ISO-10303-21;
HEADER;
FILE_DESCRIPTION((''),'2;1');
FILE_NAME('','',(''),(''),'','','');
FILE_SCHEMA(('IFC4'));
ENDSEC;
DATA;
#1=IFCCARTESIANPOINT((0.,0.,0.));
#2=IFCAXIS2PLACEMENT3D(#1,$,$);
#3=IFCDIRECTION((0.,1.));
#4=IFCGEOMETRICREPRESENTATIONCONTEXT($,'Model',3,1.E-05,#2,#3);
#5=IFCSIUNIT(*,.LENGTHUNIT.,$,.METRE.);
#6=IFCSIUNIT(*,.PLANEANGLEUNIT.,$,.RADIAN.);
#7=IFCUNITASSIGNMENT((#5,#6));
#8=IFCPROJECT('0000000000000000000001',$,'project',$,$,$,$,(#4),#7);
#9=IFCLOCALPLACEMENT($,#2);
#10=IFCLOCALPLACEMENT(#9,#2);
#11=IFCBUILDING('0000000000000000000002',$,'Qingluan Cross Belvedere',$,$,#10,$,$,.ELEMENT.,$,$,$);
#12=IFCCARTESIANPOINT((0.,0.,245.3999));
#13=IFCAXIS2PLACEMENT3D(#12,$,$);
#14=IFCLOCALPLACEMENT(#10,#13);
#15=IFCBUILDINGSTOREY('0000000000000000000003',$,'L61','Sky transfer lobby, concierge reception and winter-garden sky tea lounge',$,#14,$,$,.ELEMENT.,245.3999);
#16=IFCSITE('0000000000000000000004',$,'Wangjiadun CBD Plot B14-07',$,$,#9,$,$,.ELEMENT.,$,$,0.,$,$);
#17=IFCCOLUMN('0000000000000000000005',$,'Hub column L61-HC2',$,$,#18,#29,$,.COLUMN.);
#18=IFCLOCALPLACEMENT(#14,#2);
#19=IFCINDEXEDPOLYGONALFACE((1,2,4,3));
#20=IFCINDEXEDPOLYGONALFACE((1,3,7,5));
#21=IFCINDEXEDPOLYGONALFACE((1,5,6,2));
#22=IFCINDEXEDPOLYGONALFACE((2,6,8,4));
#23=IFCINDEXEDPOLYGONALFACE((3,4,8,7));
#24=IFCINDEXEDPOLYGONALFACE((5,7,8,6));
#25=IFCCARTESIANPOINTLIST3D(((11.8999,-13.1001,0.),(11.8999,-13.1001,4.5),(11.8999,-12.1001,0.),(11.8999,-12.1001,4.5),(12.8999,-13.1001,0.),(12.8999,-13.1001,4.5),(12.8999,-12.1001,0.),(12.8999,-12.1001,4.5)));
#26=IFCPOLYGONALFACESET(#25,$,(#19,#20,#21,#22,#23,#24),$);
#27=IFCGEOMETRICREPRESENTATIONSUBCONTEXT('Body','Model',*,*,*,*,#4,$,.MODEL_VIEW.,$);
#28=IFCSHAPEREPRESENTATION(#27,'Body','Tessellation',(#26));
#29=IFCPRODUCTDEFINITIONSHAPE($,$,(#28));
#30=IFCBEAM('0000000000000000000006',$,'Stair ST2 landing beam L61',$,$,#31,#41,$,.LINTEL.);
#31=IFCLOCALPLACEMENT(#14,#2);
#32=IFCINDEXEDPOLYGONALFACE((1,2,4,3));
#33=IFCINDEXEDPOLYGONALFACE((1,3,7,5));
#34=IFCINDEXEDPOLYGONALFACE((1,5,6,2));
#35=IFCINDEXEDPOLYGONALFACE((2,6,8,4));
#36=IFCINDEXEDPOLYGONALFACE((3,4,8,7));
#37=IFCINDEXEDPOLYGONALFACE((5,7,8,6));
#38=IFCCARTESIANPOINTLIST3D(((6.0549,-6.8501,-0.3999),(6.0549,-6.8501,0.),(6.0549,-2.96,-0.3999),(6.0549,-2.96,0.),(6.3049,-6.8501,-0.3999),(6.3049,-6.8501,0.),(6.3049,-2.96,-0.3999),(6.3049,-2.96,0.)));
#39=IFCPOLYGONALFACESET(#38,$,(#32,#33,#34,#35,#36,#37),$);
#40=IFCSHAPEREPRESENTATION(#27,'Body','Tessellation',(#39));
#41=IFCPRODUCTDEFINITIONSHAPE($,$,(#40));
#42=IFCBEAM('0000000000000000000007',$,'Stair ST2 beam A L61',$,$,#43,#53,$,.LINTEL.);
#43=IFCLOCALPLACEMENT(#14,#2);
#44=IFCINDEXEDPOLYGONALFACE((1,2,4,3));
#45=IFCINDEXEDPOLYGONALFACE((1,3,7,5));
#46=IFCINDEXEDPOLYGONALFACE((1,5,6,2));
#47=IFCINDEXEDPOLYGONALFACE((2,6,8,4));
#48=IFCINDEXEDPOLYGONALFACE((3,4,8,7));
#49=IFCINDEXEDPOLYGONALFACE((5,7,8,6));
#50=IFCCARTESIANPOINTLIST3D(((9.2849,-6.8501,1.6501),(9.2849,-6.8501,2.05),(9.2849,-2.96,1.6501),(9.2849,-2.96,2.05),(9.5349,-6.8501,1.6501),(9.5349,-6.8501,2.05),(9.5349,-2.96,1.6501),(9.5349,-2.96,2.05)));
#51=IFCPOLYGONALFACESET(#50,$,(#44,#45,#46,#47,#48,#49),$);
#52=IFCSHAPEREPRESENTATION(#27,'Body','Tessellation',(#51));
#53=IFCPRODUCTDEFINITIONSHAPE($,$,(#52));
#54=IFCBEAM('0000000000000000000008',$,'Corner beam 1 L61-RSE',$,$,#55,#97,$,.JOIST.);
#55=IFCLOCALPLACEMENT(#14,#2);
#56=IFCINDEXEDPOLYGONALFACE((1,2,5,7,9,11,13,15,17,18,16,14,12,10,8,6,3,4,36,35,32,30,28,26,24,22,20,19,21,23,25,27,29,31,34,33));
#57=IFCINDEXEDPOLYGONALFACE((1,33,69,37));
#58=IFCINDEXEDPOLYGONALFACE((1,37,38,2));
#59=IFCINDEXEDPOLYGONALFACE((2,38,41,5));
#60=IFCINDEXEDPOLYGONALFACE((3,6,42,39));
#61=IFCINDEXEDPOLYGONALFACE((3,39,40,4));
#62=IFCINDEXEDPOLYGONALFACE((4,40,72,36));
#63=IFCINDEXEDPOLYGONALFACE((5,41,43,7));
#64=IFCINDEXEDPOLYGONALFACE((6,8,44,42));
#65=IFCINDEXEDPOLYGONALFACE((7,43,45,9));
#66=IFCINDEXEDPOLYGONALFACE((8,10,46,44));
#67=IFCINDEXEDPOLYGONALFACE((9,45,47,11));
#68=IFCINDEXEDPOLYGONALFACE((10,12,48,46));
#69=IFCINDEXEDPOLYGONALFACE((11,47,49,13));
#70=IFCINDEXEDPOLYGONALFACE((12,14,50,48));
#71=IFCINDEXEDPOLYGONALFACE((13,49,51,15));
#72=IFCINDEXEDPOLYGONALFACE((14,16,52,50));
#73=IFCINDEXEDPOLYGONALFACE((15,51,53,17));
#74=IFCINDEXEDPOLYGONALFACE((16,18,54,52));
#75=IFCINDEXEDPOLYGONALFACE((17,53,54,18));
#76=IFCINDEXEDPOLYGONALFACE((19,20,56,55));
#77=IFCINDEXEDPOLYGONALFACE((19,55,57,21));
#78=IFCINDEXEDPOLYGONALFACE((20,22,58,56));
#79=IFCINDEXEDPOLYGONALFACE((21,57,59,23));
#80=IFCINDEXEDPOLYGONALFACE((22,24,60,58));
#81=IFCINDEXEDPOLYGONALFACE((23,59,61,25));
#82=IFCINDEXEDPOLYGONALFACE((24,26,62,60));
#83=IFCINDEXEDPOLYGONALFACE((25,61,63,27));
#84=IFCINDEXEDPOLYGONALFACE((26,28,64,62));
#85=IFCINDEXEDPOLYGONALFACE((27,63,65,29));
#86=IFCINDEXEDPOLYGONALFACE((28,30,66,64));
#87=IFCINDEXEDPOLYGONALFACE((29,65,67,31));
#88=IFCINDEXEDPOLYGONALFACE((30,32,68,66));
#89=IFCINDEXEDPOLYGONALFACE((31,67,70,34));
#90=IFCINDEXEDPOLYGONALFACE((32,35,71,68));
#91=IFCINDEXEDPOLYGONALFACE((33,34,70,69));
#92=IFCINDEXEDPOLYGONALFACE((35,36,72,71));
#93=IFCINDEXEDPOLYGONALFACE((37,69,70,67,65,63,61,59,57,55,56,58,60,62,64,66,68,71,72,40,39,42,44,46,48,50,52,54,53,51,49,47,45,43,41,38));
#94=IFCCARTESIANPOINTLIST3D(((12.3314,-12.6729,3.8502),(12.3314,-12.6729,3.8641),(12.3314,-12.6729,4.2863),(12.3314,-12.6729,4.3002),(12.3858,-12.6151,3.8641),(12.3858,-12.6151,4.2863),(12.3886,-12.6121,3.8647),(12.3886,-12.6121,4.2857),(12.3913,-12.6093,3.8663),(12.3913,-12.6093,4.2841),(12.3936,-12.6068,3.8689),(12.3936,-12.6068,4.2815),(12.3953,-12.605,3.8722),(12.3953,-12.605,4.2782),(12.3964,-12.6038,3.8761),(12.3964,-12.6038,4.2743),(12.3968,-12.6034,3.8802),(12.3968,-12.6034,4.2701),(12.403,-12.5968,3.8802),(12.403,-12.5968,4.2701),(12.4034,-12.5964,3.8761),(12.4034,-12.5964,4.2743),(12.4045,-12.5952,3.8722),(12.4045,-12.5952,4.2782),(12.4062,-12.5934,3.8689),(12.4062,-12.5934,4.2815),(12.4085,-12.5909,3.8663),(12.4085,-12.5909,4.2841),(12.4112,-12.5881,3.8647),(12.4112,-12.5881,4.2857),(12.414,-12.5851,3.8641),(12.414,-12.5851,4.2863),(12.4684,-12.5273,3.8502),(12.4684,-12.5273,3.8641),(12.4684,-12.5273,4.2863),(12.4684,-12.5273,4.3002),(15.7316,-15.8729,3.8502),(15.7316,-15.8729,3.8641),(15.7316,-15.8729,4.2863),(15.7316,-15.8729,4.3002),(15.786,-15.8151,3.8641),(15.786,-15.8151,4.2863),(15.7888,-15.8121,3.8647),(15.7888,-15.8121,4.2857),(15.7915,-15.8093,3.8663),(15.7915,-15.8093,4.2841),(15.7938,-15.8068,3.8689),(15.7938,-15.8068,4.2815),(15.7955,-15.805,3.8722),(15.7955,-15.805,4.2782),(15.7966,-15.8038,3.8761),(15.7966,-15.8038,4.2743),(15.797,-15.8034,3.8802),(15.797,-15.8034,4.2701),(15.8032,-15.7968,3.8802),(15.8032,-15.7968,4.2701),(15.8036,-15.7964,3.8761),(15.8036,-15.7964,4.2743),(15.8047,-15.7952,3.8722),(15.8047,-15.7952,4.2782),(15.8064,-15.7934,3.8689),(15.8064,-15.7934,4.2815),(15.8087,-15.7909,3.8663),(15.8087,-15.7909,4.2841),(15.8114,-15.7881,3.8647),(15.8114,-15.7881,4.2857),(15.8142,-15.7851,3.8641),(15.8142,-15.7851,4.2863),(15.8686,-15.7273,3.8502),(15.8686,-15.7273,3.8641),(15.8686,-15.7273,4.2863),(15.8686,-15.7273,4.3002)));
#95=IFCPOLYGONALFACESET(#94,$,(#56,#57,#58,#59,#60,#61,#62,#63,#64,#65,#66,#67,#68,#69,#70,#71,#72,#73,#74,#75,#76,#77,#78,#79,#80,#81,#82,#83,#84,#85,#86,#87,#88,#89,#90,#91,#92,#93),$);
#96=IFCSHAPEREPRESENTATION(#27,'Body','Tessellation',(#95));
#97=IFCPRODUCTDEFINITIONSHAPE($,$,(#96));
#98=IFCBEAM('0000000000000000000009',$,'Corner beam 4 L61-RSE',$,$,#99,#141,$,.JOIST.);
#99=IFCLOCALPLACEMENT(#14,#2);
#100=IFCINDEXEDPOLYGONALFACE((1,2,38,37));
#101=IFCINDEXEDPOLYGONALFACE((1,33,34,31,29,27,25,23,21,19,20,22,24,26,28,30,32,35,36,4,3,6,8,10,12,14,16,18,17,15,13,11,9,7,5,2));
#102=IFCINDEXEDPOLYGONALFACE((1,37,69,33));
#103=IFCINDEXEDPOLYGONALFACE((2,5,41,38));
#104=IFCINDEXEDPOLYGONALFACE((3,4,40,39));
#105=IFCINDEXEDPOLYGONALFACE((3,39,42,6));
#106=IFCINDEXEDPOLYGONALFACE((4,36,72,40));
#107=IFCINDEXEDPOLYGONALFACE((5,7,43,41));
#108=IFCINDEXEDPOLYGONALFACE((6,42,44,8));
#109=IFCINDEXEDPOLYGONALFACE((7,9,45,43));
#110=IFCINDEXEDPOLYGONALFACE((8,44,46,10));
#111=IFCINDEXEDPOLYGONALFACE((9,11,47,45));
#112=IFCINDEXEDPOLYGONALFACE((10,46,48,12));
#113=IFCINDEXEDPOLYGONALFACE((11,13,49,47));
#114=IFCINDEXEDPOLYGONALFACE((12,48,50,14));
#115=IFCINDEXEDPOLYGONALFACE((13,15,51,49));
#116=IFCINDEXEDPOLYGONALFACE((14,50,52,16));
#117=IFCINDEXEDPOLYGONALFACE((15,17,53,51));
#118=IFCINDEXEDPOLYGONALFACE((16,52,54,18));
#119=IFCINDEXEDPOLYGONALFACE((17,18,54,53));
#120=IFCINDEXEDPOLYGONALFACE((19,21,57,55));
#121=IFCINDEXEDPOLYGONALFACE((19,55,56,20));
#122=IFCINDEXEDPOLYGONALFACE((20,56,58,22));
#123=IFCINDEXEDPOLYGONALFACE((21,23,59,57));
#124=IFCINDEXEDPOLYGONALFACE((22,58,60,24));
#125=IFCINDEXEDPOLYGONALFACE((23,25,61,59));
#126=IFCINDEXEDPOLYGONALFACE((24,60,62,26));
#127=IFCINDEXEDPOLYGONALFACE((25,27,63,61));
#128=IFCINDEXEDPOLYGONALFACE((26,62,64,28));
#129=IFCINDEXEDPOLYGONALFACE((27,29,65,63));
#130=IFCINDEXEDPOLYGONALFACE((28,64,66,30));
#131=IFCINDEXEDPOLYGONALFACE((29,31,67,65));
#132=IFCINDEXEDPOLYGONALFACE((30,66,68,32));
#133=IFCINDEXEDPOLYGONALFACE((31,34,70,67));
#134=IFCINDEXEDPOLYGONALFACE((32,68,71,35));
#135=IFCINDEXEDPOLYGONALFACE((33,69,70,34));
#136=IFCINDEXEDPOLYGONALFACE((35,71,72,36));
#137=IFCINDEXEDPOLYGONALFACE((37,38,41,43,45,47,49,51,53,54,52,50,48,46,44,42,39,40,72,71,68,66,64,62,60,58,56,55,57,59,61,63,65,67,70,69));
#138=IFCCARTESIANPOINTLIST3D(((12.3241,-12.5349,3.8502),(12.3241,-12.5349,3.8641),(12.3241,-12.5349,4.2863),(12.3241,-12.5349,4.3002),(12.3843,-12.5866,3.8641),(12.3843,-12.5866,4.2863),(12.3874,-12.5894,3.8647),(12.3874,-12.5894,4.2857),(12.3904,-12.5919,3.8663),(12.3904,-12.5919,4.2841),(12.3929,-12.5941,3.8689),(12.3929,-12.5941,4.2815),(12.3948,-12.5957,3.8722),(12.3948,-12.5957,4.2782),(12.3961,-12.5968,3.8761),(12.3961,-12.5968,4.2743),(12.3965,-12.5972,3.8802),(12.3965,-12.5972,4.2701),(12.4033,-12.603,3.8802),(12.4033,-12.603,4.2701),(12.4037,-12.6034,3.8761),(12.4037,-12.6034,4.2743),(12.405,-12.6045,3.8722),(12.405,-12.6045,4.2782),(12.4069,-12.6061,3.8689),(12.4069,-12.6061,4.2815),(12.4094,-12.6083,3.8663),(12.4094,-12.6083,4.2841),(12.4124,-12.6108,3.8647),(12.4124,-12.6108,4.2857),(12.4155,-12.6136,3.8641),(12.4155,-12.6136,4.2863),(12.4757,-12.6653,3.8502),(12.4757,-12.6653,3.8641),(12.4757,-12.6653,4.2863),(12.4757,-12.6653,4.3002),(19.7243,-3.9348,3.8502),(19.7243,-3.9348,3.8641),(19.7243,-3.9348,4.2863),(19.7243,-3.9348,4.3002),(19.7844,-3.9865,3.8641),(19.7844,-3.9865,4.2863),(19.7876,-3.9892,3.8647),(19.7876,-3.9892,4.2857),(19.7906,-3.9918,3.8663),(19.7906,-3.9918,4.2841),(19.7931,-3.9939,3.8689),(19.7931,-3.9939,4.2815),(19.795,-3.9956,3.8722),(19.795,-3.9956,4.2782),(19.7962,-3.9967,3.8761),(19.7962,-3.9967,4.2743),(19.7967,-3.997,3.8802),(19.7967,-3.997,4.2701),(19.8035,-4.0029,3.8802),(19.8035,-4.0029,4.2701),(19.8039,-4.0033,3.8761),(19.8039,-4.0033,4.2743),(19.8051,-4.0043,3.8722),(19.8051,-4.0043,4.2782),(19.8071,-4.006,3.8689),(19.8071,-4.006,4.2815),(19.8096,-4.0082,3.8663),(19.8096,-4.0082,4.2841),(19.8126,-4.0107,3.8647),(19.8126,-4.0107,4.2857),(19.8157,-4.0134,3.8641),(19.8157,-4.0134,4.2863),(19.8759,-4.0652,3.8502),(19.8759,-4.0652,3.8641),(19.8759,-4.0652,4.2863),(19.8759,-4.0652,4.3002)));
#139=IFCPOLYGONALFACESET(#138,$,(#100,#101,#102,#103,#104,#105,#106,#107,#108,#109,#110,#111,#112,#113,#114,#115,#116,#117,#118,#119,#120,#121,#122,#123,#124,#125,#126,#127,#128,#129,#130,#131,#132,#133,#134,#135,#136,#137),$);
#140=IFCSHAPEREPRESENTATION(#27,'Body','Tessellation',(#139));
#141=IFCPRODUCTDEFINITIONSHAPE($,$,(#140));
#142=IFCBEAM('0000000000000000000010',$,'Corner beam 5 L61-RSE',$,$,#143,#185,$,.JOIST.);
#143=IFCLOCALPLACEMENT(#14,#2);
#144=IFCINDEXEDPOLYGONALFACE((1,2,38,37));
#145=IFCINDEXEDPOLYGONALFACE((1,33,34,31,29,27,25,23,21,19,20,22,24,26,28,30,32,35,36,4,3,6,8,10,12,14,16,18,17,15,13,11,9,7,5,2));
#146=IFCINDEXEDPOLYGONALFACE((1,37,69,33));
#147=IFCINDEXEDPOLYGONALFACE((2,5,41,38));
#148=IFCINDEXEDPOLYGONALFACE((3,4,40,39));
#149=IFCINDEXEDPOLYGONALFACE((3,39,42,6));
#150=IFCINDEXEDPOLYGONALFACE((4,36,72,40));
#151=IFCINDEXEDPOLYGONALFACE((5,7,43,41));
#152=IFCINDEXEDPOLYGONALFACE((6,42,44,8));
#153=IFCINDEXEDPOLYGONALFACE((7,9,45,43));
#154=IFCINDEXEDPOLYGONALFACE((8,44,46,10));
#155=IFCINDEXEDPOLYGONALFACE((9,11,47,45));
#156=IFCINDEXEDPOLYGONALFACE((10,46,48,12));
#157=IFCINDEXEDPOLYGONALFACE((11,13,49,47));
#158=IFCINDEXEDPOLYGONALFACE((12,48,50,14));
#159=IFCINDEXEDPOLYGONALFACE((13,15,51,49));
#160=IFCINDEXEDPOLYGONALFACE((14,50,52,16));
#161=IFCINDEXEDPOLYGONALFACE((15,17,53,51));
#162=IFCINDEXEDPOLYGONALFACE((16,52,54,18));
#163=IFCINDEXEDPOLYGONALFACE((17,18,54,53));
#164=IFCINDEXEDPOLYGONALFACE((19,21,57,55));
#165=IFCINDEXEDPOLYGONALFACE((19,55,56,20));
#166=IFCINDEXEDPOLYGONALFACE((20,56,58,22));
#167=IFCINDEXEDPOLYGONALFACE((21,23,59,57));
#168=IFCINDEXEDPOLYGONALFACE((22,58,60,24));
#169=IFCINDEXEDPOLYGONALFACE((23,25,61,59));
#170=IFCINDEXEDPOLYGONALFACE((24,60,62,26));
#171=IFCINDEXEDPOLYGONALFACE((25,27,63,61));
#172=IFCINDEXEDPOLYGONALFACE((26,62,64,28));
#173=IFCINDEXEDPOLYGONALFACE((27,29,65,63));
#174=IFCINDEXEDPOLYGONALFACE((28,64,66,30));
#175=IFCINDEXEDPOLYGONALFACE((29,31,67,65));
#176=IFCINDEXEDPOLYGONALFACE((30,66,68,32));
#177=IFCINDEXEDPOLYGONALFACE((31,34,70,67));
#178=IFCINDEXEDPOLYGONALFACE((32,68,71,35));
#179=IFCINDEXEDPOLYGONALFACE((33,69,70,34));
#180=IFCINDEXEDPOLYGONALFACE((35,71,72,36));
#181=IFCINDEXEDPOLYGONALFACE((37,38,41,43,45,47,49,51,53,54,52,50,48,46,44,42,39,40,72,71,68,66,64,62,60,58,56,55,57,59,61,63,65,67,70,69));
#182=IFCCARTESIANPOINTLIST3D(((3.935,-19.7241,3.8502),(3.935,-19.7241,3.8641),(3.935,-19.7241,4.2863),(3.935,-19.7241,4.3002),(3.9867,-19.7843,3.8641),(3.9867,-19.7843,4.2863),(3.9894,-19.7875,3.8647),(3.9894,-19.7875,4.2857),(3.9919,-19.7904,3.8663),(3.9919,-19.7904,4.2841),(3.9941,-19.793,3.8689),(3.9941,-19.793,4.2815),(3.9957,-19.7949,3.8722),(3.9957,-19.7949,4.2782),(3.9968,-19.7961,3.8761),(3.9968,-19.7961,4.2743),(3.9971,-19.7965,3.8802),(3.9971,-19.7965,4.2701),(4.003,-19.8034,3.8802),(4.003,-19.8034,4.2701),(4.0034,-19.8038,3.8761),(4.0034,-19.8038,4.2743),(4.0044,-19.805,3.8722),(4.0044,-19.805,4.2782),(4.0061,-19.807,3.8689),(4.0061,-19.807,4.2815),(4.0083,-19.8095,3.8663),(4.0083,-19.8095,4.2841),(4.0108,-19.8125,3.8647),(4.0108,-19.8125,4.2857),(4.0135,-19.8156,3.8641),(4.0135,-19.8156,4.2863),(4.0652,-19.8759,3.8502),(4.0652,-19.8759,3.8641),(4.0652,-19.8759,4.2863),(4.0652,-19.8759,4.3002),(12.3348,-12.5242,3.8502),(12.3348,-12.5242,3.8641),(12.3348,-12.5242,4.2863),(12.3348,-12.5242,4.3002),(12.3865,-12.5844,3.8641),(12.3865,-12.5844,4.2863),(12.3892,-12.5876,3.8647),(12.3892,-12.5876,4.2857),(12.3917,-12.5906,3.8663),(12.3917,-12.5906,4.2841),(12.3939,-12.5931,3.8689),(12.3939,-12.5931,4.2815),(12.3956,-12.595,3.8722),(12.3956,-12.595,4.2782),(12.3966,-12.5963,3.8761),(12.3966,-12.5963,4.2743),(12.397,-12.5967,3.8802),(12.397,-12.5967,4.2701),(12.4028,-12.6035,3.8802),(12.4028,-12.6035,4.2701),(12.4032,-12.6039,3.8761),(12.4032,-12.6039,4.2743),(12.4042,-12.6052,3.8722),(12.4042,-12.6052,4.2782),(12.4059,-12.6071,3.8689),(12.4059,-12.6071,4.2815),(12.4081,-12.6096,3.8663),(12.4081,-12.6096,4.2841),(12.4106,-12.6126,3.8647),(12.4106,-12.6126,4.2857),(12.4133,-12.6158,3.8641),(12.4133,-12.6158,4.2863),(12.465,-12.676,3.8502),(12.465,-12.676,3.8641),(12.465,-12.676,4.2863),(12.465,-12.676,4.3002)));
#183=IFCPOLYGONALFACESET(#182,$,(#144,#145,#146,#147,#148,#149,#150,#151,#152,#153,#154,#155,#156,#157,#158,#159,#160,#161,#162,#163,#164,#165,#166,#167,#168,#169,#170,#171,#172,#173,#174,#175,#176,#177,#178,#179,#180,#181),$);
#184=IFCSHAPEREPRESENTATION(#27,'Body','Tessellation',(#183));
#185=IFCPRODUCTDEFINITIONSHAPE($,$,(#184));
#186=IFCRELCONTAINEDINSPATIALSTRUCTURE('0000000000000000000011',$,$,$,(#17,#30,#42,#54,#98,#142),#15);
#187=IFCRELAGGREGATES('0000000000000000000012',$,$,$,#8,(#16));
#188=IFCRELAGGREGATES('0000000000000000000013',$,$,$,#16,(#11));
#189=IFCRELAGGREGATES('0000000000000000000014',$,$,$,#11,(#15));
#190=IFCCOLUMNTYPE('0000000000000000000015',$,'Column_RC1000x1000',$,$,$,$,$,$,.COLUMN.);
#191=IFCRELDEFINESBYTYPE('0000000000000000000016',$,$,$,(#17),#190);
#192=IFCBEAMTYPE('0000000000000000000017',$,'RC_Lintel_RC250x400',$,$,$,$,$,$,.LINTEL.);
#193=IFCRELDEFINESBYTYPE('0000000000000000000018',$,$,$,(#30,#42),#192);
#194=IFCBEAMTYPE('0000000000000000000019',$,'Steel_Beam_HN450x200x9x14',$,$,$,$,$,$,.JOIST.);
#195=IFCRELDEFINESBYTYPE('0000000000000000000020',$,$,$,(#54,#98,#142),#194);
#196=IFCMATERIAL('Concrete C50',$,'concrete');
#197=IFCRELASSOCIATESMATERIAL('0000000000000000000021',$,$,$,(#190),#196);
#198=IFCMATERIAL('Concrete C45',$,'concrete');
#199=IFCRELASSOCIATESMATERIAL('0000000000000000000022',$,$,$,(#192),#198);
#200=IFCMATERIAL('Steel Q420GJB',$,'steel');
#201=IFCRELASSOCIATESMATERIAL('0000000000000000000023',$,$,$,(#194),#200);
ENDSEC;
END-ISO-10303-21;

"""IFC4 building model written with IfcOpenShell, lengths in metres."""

from ifc_helpers import new_model, si_unit, direction, frame, origin, origin_2d, place, context, subcontext, project, spatial, rectangle, i_section, extrude, material, material_profile, profile_set, type_object, element, save


model = new_model("IFC4")

# Units and contexts
model_context = context("Model", 3, precision=1e-05, world=origin(), true_north=direction((0.0, 1.0)))
body_context = subcontext(model_context, "Body", "Model", "MODEL_VIEW")
ifc_project = project(units=[si_unit("LENGTHUNIT", "METRE"), si_unit("PLANEANGLEUNIT", "RADIAN")], contexts=[model_context])

# Site, building, storey
site_placement = place(None, origin())
site = spatial("IfcSite", under=ifc_project, at=site_placement, Name="Wangjiadun CBD Plot B14-07", CompositionType="ELEMENT", RefElevation=0.0)
building_placement = place(site_placement, origin())
building = spatial("IfcBuilding", under=site, at=building_placement, Name="Qingluan Cross Belvedere", CompositionType="ELEMENT")
storey_placement = place(building_placement, frame((0.0, 0.0, 245.3999)))
storey = spatial("IfcBuildingStorey", under=building, at=storey_placement, Name="L61", Description="Sky transfer lobby, concierge reception and winter-garden sky tea lounge", CompositionType="ELEMENT", Elevation=245.3999)

# Column
ifc_material_1 = material(Name="Concrete C50", Category="concrete")
ifc_material_profile_1 = material_profile(ifc_material_1, rectangle(XDim=1.0, YDim=1.0, at=origin_2d()), Name="RC1000x1000")
ifc_profile_set_1 = profile_set([ifc_material_profile_1], Name="Concrete C50")
column_type = type_object("IfcColumnType", Name="Column_RC1000x1000", PredefinedType="COLUMN", material=ifc_profile_set_1)
column_placement = place(storey_placement, frame((12.3999, -12.6001, 0.0), z_axis=(0.0, 0.0, 1.0), x_axis=(1.0, 0.0, 0.0)))
element("IfcColumn", 1, at=column_placement, inside=storey, type_object=column_type, Name="Hub column L61-HC2", PredefinedType="COLUMN", context=body_context, shape_type="SweptSolid", body=[
    extrude(rectangle(XDim=1.0, YDim=1.0, at=origin_2d()), origin(), (0.0, 0.0, 1.0), 4.5),
])

# Beams
ifc_material_2 = material(Name="Concrete C45", Category="concrete")
ifc_material_profile_2 = material_profile(ifc_material_2, rectangle(XDim=0.25, YDim=0.3999, at=origin_2d()), Name="RC250x400")
ifc_profile_set_2 = profile_set([ifc_material_profile_2], Name="Concrete C45")
beam_type_1 = type_object("IfcBeamType", Name="RC_Lintel_RC250x400", PredefinedType="LINTEL", material=ifc_profile_set_2)
for number, where, z_axis, x_axis, name in (
    (2, (6.1799, -6.8501, -0.2), (0.0, 1.0, 0.0), (-1.0, 0.0, 0.0), "Stair ST2 landing beam L61"),
    (3, (9.4099, -6.8501, 1.8501), (0.0, 1.0, 0.0), (-1.0, 0.0, 0.0), "Stair ST2 beam A L61"),
):
    element("IfcBeam", number, at=place(storey_placement, frame(where, z_axis=z_axis, x_axis=x_axis)), inside=storey, type_object=beam_type_1, Name=name, PredefinedType="LINTEL", context=body_context, shape_type="SweptSolid", body=[
        extrude(rectangle(XDim=0.25, YDim=0.3999, at=origin_2d()), origin(), (0.0, 0.0, 1.0), 3.8901),
    ])
ifc_material_3 = material(Name="Steel Q420GJB", Category="steel")
ifc_material_profile_3 = material_profile(ifc_material_3, i_section(OverallWidth=0.2, OverallDepth=0.45, WebThickness=0.009, FlangeThickness=0.0139, FilletRadius=0.0161, at=origin_2d()), Name="HN450x200x9x14")
ifc_profile_set_3 = profile_set([ifc_material_profile_3], Name="Steel Q420GJB")
beam_type_2 = type_object("IfcBeamType", Name="Steel_Beam_HN450x200x9x14", PredefinedType="JOIST", material=ifc_profile_set_3)
beam_1_placement = place(storey_placement, frame((12.3999, -12.6001, 4.0752), z_axis=(0.72822, -0.685343, 0.0), x_axis=(0.685343, 0.72822, 0.0)))
element("IfcBeam", 4, at=beam_1_placement, inside=storey, type_object=beam_type_2, Name="Corner beam 1 L61-RSE", PredefinedType="JOIST", context=body_context, shape_type="SweptSolid", body=[
    extrude(i_section(OverallWidth=0.2, OverallDepth=0.45, WebThickness=0.009, FlangeThickness=0.0139, FilletRadius=0.0161, at=origin_2d()), origin(), (0.0, 0.0, 1.0), 4.6692),
])
beam_2_placement = place(storey_placement, frame((12.3999, -12.6001, 4.0752), z_axis=(0.652245, 0.758008, 0.0), x_axis=(-0.758008, 0.652245, 0.0)))
element("IfcBeam", 5, at=beam_2_placement, inside=storey, type_object=beam_type_2, Name="Corner beam 4 L61-RSE", PredefinedType="JOIST", context=body_context, shape_type="SweptSolid", body=[
    extrude(i_section(OverallWidth=0.2, OverallDepth=0.45, WebThickness=0.009, FlangeThickness=0.0139, FilletRadius=0.0161, at=origin_2d()), origin(), (0.0, 0.0, 1.0), 11.3457),
])
beam_3_placement = place(storey_placement, frame((12.3999, -12.6001, 4.0752), z_axis=(-0.759255, -0.650793, 0.0), x_axis=(0.650793, -0.759255, 0.0)))
element("IfcBeam", 6, at=beam_3_placement, inside=storey, type_object=beam_type_2, Name="Corner beam 5 L61-RSE", PredefinedType="JOIST", context=body_context, shape_type="SweptSolid", body=[
    extrude(i_section(OverallWidth=0.2, OverallDepth=0.45, WebThickness=0.009, FlangeThickness=0.0139, FilletRadius=0.0161, at=origin_2d()), origin(), (0.0, 0.0, 1.0), 11.0632),
])

save(model, "model.ifc")
